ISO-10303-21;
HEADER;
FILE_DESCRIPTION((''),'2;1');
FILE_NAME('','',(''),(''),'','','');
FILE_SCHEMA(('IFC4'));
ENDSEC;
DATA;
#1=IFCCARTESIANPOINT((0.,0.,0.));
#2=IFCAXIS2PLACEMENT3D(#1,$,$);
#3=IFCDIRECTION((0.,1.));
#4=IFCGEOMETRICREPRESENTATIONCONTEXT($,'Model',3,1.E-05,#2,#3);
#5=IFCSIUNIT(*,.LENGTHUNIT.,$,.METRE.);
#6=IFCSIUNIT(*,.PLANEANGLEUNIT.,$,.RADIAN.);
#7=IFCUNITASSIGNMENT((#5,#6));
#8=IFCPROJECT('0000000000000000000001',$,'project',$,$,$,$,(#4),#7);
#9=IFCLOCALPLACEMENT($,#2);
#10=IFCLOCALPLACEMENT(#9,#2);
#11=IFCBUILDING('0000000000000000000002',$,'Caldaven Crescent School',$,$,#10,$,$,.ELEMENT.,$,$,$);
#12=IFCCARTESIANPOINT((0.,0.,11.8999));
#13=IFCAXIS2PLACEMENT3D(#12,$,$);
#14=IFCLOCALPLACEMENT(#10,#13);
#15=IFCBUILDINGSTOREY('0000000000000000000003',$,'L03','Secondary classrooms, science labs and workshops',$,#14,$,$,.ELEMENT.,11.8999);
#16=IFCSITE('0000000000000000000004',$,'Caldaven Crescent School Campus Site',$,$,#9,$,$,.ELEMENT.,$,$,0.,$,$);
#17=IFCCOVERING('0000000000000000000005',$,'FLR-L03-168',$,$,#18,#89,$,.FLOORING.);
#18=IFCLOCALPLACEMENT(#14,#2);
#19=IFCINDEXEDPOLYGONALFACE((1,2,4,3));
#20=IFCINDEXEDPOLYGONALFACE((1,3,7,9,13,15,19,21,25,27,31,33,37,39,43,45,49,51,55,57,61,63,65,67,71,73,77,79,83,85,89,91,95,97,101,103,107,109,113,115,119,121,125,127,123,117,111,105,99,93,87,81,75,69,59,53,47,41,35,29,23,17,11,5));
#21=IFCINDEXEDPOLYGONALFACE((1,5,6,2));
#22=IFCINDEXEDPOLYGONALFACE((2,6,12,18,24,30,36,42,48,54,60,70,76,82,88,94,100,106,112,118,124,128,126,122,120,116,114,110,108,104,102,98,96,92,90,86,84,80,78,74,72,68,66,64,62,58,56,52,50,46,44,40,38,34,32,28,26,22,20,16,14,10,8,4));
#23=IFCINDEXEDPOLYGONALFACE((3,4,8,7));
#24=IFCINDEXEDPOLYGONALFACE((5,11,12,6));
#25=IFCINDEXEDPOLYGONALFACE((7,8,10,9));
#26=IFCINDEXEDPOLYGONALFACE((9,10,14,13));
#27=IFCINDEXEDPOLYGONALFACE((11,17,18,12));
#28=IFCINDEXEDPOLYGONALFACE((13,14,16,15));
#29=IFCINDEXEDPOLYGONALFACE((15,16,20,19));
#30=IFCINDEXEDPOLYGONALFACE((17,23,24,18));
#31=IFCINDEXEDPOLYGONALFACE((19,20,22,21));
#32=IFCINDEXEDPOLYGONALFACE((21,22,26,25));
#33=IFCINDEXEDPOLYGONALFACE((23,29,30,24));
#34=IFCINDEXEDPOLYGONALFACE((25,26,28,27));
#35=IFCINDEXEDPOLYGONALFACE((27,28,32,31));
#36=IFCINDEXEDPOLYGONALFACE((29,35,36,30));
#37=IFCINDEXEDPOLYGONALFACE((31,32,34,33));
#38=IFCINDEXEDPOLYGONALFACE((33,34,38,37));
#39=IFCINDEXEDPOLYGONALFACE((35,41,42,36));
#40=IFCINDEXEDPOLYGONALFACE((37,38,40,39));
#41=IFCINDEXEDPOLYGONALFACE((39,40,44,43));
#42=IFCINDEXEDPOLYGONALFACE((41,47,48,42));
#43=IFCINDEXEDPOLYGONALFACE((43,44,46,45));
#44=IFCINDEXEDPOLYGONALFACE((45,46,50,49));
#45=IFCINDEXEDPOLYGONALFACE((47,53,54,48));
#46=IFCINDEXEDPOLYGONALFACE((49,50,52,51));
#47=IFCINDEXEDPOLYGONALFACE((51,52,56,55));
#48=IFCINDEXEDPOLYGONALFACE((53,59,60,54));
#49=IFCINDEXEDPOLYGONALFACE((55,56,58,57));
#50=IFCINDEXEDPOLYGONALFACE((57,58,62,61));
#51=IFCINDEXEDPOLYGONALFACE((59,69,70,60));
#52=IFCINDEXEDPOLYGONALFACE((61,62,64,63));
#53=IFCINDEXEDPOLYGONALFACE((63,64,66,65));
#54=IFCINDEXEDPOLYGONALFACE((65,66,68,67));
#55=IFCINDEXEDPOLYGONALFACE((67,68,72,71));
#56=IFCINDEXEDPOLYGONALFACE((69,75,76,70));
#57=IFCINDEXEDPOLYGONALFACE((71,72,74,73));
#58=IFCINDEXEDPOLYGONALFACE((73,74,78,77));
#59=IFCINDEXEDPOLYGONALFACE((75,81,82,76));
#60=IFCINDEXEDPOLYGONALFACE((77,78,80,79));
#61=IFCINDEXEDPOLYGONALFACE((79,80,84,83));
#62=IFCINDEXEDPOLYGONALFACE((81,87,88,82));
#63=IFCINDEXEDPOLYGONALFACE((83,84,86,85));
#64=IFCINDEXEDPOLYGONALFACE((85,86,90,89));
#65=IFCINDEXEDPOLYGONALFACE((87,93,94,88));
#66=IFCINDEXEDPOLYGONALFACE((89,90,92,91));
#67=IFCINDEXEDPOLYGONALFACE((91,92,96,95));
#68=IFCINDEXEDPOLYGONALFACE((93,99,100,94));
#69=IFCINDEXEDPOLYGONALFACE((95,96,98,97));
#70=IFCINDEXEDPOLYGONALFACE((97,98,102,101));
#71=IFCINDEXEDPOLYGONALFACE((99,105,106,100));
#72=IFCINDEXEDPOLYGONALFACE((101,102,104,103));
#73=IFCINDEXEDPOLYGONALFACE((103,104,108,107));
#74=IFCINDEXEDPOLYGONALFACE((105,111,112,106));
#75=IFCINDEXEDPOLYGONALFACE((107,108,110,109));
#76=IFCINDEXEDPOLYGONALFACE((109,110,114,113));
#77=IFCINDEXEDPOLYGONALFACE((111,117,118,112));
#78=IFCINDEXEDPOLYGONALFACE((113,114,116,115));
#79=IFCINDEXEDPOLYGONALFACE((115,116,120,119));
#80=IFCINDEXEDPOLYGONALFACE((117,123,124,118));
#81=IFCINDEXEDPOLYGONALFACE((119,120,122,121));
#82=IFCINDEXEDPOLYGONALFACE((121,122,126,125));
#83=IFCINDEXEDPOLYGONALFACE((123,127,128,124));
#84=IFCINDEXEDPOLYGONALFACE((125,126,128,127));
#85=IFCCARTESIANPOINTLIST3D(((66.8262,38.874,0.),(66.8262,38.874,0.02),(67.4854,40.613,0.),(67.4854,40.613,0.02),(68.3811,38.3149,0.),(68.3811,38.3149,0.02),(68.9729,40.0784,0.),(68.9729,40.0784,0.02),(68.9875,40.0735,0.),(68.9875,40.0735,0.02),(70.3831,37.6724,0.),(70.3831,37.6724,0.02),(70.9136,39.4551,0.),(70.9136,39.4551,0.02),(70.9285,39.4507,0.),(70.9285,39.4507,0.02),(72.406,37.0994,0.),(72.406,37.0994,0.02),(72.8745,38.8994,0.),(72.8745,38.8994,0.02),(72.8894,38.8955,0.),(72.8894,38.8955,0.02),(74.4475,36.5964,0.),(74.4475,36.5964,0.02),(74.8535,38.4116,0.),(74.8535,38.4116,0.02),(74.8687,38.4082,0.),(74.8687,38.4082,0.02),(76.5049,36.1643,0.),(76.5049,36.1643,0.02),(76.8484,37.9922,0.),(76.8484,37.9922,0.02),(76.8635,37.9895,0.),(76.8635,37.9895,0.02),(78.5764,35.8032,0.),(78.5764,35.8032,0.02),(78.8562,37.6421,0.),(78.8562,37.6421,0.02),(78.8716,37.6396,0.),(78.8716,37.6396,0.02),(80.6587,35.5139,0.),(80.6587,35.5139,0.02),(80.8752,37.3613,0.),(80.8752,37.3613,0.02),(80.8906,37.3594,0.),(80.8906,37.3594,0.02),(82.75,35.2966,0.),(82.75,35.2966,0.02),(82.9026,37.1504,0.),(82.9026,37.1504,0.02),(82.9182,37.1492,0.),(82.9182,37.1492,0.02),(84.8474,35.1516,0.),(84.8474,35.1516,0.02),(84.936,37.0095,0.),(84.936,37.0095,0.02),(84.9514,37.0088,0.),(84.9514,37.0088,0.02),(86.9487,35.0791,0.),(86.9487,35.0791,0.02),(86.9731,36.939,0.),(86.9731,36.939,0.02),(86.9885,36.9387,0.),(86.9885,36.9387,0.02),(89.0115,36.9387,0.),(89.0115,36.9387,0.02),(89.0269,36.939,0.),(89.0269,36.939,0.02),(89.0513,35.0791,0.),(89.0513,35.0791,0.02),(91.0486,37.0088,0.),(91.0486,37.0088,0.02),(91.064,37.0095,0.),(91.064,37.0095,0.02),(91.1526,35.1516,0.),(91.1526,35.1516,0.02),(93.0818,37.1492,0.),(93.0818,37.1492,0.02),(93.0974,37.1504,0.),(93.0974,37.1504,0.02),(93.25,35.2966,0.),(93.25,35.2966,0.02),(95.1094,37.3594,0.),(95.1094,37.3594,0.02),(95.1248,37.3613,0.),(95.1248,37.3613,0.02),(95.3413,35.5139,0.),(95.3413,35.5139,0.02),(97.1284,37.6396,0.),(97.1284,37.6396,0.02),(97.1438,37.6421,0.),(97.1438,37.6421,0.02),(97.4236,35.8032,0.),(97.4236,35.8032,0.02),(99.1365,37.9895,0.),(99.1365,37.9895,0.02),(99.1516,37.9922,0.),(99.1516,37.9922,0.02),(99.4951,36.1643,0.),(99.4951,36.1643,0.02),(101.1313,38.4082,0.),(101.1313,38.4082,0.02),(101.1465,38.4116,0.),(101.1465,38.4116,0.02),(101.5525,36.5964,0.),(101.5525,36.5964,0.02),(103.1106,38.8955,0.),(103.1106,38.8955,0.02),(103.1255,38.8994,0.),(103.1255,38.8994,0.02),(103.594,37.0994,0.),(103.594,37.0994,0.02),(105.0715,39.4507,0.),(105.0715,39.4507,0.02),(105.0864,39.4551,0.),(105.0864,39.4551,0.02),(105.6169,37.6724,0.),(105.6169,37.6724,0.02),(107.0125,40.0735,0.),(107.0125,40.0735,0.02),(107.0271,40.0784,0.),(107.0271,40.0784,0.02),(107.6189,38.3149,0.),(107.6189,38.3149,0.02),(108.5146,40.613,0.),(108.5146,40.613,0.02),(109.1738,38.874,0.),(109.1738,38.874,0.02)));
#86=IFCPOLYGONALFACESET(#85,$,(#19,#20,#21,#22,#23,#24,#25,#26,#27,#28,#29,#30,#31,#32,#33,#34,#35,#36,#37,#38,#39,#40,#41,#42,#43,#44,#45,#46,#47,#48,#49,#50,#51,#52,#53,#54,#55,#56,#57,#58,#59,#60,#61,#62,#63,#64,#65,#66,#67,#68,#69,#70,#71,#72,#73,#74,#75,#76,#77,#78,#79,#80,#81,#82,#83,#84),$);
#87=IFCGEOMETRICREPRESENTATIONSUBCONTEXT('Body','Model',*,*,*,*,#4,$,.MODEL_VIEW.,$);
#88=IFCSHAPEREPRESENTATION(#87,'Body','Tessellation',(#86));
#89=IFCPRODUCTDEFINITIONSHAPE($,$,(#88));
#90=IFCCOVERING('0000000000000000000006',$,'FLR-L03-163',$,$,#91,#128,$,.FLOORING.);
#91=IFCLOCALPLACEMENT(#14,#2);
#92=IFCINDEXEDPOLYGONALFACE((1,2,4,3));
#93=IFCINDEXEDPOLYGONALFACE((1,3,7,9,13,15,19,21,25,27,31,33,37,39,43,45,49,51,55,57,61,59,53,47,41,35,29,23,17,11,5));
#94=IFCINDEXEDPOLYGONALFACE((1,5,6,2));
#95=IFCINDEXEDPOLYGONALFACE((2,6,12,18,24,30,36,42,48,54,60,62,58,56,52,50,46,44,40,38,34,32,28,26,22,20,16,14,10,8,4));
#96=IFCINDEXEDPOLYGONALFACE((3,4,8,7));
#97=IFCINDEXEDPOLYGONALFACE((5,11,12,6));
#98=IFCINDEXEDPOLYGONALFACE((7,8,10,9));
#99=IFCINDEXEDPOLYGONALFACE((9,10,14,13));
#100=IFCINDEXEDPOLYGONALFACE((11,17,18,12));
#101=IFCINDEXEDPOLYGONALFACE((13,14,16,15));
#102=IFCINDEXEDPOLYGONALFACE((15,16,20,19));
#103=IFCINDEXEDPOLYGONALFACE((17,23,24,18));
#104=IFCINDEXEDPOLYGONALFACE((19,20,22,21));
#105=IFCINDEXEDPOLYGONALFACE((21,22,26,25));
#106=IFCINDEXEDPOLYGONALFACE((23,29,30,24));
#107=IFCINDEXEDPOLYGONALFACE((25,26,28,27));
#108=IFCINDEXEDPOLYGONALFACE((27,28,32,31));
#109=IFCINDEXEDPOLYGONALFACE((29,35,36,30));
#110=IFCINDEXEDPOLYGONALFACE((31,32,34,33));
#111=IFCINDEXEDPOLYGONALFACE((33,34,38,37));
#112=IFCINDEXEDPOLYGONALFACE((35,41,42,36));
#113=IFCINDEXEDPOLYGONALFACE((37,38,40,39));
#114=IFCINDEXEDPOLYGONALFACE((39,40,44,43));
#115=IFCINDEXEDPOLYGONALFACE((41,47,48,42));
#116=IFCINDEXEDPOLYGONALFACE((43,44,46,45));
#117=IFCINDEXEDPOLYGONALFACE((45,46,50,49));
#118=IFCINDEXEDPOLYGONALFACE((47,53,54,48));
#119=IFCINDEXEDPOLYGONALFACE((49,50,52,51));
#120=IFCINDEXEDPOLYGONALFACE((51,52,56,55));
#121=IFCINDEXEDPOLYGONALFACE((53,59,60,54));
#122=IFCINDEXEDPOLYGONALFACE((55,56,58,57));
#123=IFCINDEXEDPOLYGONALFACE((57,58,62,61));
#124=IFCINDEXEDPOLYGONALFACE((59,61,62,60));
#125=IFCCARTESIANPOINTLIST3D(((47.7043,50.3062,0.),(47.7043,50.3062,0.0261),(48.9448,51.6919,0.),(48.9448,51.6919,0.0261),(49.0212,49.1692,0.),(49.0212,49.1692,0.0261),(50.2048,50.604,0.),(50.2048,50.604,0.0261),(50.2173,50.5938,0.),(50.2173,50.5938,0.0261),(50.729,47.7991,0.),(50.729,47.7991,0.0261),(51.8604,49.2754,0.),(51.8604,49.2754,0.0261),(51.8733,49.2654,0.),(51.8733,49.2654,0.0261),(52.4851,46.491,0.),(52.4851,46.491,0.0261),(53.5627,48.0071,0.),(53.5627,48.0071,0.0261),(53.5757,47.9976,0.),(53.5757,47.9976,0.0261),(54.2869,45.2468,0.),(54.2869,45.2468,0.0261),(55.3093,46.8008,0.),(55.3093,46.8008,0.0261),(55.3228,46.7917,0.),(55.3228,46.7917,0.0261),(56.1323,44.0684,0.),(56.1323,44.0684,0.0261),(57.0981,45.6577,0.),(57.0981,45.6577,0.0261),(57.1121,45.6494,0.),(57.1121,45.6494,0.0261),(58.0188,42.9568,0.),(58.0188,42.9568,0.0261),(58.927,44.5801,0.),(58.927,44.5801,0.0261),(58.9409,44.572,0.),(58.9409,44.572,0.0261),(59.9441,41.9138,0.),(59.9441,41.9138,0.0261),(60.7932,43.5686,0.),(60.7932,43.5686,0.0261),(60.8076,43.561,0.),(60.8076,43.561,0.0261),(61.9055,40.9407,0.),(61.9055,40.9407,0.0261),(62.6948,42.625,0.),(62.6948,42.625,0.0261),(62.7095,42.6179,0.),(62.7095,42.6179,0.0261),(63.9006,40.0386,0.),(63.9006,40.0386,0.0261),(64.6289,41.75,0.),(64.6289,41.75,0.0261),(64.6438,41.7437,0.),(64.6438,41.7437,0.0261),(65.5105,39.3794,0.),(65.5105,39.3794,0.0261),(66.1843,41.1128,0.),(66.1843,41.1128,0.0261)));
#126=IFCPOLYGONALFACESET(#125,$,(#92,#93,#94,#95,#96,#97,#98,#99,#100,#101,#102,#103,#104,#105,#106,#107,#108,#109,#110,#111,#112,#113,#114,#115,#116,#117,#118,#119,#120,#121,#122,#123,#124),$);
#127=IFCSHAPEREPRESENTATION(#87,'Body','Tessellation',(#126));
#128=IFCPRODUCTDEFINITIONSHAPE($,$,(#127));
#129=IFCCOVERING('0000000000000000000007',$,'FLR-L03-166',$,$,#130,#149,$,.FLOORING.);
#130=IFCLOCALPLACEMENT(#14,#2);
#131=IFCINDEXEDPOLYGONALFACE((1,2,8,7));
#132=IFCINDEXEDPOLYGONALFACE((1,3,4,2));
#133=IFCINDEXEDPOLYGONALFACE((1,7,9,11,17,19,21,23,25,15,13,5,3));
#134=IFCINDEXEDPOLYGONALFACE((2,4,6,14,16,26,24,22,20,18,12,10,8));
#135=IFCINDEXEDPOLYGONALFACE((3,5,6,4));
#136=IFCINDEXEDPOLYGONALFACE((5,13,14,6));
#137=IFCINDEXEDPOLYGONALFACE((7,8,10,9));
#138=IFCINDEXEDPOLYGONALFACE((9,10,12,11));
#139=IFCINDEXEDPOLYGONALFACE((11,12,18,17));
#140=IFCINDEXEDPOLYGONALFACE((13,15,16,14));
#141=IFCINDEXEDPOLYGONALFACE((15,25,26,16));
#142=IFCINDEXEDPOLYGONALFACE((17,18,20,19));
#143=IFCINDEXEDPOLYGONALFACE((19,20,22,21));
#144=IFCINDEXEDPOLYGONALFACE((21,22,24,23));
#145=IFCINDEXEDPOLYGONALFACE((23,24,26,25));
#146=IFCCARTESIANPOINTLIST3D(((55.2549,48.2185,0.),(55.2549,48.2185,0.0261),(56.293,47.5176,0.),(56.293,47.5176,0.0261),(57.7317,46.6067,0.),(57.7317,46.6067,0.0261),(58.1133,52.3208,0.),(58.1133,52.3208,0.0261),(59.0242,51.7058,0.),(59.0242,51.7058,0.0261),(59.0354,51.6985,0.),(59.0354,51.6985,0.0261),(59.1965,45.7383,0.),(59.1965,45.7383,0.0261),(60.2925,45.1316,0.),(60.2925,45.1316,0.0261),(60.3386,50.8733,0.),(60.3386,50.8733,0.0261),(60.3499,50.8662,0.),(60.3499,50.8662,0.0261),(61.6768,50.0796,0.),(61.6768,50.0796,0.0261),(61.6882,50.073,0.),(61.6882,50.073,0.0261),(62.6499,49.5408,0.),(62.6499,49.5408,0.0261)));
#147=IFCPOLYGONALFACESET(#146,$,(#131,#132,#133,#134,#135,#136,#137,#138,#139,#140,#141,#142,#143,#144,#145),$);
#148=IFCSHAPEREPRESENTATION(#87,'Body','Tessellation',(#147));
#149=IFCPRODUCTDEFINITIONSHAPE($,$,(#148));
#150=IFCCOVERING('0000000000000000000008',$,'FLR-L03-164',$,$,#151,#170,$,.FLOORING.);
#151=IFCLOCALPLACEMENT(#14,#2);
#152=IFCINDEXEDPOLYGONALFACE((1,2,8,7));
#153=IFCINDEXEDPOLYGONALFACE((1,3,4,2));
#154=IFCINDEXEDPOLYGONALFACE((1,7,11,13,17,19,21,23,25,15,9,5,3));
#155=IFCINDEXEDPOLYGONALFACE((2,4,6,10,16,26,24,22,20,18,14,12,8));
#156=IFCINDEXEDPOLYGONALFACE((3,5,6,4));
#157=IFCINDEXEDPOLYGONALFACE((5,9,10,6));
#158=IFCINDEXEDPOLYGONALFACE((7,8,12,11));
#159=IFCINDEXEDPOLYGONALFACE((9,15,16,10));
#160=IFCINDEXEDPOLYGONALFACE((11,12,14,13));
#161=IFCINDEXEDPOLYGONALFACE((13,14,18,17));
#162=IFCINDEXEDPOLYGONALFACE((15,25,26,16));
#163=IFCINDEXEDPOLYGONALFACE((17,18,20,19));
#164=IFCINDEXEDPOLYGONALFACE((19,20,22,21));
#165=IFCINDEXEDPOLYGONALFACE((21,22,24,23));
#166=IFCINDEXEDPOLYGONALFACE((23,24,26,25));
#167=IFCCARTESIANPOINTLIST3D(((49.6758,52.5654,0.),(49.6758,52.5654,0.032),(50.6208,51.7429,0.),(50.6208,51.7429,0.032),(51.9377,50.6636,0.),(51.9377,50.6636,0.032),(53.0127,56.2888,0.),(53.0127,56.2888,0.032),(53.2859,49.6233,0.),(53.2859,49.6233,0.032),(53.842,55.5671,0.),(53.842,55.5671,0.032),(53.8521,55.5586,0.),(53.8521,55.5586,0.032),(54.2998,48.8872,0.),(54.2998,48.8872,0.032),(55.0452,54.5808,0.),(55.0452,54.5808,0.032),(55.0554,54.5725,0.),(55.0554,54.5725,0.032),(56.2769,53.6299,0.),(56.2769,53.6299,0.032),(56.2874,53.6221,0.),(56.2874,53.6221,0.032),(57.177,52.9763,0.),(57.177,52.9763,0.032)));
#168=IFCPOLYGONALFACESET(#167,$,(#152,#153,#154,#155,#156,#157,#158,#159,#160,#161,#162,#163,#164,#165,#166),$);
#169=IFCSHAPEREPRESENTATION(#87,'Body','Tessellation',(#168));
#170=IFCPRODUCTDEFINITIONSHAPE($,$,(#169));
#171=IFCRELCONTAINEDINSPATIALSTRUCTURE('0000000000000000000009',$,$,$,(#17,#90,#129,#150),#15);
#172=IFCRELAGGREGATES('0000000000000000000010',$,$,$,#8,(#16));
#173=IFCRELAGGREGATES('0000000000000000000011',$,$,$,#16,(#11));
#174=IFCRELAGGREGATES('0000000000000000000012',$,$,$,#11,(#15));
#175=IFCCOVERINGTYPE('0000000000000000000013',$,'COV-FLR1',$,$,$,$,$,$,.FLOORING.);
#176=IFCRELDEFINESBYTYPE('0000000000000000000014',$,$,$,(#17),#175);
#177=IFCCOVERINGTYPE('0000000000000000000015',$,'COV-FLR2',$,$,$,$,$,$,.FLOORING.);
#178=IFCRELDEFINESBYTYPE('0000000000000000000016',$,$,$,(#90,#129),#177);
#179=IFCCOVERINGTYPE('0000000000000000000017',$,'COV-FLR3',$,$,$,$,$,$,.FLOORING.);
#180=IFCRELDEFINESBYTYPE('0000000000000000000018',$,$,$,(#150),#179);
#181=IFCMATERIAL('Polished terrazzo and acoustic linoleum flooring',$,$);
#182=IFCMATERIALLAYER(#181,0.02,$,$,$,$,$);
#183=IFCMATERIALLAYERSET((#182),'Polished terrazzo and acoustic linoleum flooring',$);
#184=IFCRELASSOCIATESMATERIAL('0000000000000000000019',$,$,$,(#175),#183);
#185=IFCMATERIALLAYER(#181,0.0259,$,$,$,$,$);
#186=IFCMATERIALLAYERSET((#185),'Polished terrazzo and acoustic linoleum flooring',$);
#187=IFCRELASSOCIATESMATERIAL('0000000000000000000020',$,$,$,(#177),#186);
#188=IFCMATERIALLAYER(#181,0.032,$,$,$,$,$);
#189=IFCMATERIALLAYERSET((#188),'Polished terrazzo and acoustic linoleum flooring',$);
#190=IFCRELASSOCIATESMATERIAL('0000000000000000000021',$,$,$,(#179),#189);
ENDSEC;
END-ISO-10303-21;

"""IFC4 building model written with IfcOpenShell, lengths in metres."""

from ifc_helpers import new_model, si_unit, direction, frame, origin, place, context, subcontext, project, spatial, polyline, outline, extrude, material, layer, layer_set, type_object, element, save


model = new_model("IFC4")

# Units and contexts
model_context = context("Model", 3, precision=1e-05, world=origin(), true_north=direction((0.0, 1.0)))
body_context = subcontext(model_context, "Body", "Model", "MODEL_VIEW")
ifc_project = project(units=[si_unit("LENGTHUNIT", "METRE"), si_unit("PLANEANGLEUNIT", "RADIAN")], contexts=[model_context])

# Site, building, storey
site_placement = place(None, origin())
site = spatial("IfcSite", under=ifc_project, at=site_placement, Name="Caldaven Crescent School Campus Site", CompositionType="ELEMENT", RefElevation=0.0)
building_placement = place(site_placement, origin())
building = spatial("IfcBuilding", under=site, at=building_placement, Name="Caldaven Crescent School", CompositionType="ELEMENT")
storey_placement = place(building_placement, frame((0.0, 0.0, 11.8999)))
storey = spatial("IfcBuildingStorey", under=building, at=storey_placement, Name="L03", Description="Secondary classrooms, science labs and workshops", CompositionType="ELEMENT", Elevation=11.8999)

# Coverings
ifc_material_1 = material(Name="Polished terrazzo and acoustic linoleum flooring")
ifc_layer_1 = layer(ifc_material_1, 0.02)
ifc_layer_set_1 = layer_set([ifc_layer_1], Name="Polished terrazzo and acoustic linoleum flooring")
covering_type_1 = type_object("IfcCoveringType", Name="COV-FLR1", PredefinedType="FLOORING", material=ifc_layer_set_1)
covering_1_placement = place(storey_placement, origin())
element("IfcCovering", 1, at=covering_1_placement, inside=storey, type_object=covering_type_1, Name="FLR-L03-168", PredefinedType="FLOORING", context=body_context, shape_type="SweptSolid", body=[
    extrude(outline(polyline([(67.4854, 40.613), (68.9729, 40.0784), (68.9875, 40.0735), (70.9136, 39.4551), (70.9285, 39.4507), (72.8745, 38.8994), (72.8894, 38.8955), (74.8535, 38.4116), (74.8687, 38.4082), (76.8484, 37.9922), (76.8635, 37.9895), (78.8562, 37.6421), (78.8716, 37.6396), (80.8752, 37.3613), (80.8906, 37.3594), (82.9026, 37.1504), (82.9182, 37.1492), (84.936, 37.0095), (84.9514, 37.0088), (86.9731, 36.939), (86.9885, 36.9387), (89.0115, 36.9387), (89.0269, 36.939), (91.0486, 37.0088), (91.064, 37.0095), (93.0818, 37.1492), (93.0974, 37.1504), (95.1094, 37.3594), (95.1248, 37.3613), (97.1284, 37.6396), (97.1438, 37.6421), (99.1365, 37.9895), (99.1516, 37.9922), (101.1313, 38.4082), (101.1465, 38.4116), (103.1106, 38.8955), (103.1255, 38.8994), (105.0715, 39.4507), (105.0864, 39.4551), (107.0125, 40.0735), (107.0271, 40.0784), (108.5146, 40.613), (109.1738, 38.874), (107.6189, 38.3149), (105.6169, 37.6724), (103.594, 37.0994), (101.5525, 36.5964), (99.4951, 36.1643), (97.4236, 35.8032), (95.3413, 35.5139), (93.25, 35.2966), (91.1526, 35.1516), (89.0513, 35.0791), (86.9487, 35.0791), (84.8474, 35.1516), (82.75, 35.2966), (80.6587, 35.5139), (78.5764, 35.8032), (76.5049, 36.1643), (74.4475, 36.5964), (72.406, 37.0994), (70.3831, 37.6724), (68.3811, 38.3149), (66.8262, 38.874), (67.4854, 40.613)])), origin(), (0.0, 0.0, 1.0), 0.02),
])
ifc_layer_2 = layer(ifc_material_1, 0.0259)
ifc_layer_set_2 = layer_set([ifc_layer_2], Name="Polished terrazzo and acoustic linoleum flooring")
covering_type_2 = type_object("IfcCoveringType", Name="COV-FLR2", PredefinedType="FLOORING", material=ifc_layer_set_2)
covering_2_placement = place(storey_placement, origin())
element("IfcCovering", 2, at=covering_2_placement, inside=storey, type_object=covering_type_2, Name="FLR-L03-163", PredefinedType="FLOORING", context=body_context, shape_type="SweptSolid", body=[
    extrude(outline(polyline([(48.9448, 51.6919), (50.2048, 50.604), (50.2173, 50.5938), (51.8604, 49.2754), (51.8733, 49.2654), (53.5627, 48.0071), (53.5757, 47.9976), (55.3093, 46.8008), (55.3228, 46.7917), (57.0981, 45.6577), (57.1121, 45.6494), (58.927, 44.5801), (58.9409, 44.572), (60.7932, 43.5686), (60.8076, 43.561), (62.6948, 42.625), (62.7095, 42.6179), (64.6289, 41.75), (64.6438, 41.7437), (66.1843, 41.1128), (65.5105, 39.3794), (63.9006, 40.0386), (61.9055, 40.9407), (59.9441, 41.9138), (58.0188, 42.9568), (56.1323, 44.0684), (54.2869, 45.2468), (52.4851, 46.491), (50.729, 47.7991), (49.0212, 49.1692), (47.7043, 50.3062), (48.9448, 51.6919)])), origin(), (0.0, 0.0, 1.0), 0.0261),
])
covering_3_placement = place(storey_placement, origin())
element("IfcCovering", 3, at=covering_3_placement, inside=storey, type_object=covering_type_2, Name="FLR-L03-166", PredefinedType="FLOORING", context=body_context, shape_type="SweptSolid", body=[
    extrude(outline(polyline([(58.1133, 52.3208), (59.0242, 51.7058), (59.0354, 51.6985), (60.3386, 50.8733), (60.3499, 50.8662), (61.6768, 50.0796), (61.6882, 50.073), (62.6499, 49.5408), (60.2925, 45.1316), (59.1965, 45.7383), (57.7317, 46.6067), (56.293, 47.5176), (55.2549, 48.2185), (58.1133, 52.3208)])), origin(), (0.0, 0.0, 1.0), 0.0261),
])
ifc_layer_3 = layer(ifc_material_1, 0.032)
ifc_layer_set_3 = layer_set([ifc_layer_3], Name="Polished terrazzo and acoustic linoleum flooring")
covering_type_3 = type_object("IfcCoveringType", Name="COV-FLR3", PredefinedType="FLOORING", material=ifc_layer_set_3)
covering_4_placement = place(storey_placement, origin())
element("IfcCovering", 4, at=covering_4_placement, inside=storey, type_object=covering_type_3, Name="FLR-L03-164", PredefinedType="FLOORING", context=body_context, shape_type="SweptSolid", body=[
    extrude(outline(polyline([(53.0127, 56.2888), (53.842, 55.5671), (53.8521, 55.5586), (55.0452, 54.5808), (55.0554, 54.5725), (56.2769, 53.6299), (56.2874, 53.6221), (57.177, 52.9763), (54.2998, 48.8872), (53.2859, 49.6233), (51.9377, 50.6636), (50.6208, 51.7429), (49.6758, 52.5654), (53.0127, 56.2888)])), origin(), (0.0, 0.0, 1.0), 0.032),
])

save(model, "model.ifc")
